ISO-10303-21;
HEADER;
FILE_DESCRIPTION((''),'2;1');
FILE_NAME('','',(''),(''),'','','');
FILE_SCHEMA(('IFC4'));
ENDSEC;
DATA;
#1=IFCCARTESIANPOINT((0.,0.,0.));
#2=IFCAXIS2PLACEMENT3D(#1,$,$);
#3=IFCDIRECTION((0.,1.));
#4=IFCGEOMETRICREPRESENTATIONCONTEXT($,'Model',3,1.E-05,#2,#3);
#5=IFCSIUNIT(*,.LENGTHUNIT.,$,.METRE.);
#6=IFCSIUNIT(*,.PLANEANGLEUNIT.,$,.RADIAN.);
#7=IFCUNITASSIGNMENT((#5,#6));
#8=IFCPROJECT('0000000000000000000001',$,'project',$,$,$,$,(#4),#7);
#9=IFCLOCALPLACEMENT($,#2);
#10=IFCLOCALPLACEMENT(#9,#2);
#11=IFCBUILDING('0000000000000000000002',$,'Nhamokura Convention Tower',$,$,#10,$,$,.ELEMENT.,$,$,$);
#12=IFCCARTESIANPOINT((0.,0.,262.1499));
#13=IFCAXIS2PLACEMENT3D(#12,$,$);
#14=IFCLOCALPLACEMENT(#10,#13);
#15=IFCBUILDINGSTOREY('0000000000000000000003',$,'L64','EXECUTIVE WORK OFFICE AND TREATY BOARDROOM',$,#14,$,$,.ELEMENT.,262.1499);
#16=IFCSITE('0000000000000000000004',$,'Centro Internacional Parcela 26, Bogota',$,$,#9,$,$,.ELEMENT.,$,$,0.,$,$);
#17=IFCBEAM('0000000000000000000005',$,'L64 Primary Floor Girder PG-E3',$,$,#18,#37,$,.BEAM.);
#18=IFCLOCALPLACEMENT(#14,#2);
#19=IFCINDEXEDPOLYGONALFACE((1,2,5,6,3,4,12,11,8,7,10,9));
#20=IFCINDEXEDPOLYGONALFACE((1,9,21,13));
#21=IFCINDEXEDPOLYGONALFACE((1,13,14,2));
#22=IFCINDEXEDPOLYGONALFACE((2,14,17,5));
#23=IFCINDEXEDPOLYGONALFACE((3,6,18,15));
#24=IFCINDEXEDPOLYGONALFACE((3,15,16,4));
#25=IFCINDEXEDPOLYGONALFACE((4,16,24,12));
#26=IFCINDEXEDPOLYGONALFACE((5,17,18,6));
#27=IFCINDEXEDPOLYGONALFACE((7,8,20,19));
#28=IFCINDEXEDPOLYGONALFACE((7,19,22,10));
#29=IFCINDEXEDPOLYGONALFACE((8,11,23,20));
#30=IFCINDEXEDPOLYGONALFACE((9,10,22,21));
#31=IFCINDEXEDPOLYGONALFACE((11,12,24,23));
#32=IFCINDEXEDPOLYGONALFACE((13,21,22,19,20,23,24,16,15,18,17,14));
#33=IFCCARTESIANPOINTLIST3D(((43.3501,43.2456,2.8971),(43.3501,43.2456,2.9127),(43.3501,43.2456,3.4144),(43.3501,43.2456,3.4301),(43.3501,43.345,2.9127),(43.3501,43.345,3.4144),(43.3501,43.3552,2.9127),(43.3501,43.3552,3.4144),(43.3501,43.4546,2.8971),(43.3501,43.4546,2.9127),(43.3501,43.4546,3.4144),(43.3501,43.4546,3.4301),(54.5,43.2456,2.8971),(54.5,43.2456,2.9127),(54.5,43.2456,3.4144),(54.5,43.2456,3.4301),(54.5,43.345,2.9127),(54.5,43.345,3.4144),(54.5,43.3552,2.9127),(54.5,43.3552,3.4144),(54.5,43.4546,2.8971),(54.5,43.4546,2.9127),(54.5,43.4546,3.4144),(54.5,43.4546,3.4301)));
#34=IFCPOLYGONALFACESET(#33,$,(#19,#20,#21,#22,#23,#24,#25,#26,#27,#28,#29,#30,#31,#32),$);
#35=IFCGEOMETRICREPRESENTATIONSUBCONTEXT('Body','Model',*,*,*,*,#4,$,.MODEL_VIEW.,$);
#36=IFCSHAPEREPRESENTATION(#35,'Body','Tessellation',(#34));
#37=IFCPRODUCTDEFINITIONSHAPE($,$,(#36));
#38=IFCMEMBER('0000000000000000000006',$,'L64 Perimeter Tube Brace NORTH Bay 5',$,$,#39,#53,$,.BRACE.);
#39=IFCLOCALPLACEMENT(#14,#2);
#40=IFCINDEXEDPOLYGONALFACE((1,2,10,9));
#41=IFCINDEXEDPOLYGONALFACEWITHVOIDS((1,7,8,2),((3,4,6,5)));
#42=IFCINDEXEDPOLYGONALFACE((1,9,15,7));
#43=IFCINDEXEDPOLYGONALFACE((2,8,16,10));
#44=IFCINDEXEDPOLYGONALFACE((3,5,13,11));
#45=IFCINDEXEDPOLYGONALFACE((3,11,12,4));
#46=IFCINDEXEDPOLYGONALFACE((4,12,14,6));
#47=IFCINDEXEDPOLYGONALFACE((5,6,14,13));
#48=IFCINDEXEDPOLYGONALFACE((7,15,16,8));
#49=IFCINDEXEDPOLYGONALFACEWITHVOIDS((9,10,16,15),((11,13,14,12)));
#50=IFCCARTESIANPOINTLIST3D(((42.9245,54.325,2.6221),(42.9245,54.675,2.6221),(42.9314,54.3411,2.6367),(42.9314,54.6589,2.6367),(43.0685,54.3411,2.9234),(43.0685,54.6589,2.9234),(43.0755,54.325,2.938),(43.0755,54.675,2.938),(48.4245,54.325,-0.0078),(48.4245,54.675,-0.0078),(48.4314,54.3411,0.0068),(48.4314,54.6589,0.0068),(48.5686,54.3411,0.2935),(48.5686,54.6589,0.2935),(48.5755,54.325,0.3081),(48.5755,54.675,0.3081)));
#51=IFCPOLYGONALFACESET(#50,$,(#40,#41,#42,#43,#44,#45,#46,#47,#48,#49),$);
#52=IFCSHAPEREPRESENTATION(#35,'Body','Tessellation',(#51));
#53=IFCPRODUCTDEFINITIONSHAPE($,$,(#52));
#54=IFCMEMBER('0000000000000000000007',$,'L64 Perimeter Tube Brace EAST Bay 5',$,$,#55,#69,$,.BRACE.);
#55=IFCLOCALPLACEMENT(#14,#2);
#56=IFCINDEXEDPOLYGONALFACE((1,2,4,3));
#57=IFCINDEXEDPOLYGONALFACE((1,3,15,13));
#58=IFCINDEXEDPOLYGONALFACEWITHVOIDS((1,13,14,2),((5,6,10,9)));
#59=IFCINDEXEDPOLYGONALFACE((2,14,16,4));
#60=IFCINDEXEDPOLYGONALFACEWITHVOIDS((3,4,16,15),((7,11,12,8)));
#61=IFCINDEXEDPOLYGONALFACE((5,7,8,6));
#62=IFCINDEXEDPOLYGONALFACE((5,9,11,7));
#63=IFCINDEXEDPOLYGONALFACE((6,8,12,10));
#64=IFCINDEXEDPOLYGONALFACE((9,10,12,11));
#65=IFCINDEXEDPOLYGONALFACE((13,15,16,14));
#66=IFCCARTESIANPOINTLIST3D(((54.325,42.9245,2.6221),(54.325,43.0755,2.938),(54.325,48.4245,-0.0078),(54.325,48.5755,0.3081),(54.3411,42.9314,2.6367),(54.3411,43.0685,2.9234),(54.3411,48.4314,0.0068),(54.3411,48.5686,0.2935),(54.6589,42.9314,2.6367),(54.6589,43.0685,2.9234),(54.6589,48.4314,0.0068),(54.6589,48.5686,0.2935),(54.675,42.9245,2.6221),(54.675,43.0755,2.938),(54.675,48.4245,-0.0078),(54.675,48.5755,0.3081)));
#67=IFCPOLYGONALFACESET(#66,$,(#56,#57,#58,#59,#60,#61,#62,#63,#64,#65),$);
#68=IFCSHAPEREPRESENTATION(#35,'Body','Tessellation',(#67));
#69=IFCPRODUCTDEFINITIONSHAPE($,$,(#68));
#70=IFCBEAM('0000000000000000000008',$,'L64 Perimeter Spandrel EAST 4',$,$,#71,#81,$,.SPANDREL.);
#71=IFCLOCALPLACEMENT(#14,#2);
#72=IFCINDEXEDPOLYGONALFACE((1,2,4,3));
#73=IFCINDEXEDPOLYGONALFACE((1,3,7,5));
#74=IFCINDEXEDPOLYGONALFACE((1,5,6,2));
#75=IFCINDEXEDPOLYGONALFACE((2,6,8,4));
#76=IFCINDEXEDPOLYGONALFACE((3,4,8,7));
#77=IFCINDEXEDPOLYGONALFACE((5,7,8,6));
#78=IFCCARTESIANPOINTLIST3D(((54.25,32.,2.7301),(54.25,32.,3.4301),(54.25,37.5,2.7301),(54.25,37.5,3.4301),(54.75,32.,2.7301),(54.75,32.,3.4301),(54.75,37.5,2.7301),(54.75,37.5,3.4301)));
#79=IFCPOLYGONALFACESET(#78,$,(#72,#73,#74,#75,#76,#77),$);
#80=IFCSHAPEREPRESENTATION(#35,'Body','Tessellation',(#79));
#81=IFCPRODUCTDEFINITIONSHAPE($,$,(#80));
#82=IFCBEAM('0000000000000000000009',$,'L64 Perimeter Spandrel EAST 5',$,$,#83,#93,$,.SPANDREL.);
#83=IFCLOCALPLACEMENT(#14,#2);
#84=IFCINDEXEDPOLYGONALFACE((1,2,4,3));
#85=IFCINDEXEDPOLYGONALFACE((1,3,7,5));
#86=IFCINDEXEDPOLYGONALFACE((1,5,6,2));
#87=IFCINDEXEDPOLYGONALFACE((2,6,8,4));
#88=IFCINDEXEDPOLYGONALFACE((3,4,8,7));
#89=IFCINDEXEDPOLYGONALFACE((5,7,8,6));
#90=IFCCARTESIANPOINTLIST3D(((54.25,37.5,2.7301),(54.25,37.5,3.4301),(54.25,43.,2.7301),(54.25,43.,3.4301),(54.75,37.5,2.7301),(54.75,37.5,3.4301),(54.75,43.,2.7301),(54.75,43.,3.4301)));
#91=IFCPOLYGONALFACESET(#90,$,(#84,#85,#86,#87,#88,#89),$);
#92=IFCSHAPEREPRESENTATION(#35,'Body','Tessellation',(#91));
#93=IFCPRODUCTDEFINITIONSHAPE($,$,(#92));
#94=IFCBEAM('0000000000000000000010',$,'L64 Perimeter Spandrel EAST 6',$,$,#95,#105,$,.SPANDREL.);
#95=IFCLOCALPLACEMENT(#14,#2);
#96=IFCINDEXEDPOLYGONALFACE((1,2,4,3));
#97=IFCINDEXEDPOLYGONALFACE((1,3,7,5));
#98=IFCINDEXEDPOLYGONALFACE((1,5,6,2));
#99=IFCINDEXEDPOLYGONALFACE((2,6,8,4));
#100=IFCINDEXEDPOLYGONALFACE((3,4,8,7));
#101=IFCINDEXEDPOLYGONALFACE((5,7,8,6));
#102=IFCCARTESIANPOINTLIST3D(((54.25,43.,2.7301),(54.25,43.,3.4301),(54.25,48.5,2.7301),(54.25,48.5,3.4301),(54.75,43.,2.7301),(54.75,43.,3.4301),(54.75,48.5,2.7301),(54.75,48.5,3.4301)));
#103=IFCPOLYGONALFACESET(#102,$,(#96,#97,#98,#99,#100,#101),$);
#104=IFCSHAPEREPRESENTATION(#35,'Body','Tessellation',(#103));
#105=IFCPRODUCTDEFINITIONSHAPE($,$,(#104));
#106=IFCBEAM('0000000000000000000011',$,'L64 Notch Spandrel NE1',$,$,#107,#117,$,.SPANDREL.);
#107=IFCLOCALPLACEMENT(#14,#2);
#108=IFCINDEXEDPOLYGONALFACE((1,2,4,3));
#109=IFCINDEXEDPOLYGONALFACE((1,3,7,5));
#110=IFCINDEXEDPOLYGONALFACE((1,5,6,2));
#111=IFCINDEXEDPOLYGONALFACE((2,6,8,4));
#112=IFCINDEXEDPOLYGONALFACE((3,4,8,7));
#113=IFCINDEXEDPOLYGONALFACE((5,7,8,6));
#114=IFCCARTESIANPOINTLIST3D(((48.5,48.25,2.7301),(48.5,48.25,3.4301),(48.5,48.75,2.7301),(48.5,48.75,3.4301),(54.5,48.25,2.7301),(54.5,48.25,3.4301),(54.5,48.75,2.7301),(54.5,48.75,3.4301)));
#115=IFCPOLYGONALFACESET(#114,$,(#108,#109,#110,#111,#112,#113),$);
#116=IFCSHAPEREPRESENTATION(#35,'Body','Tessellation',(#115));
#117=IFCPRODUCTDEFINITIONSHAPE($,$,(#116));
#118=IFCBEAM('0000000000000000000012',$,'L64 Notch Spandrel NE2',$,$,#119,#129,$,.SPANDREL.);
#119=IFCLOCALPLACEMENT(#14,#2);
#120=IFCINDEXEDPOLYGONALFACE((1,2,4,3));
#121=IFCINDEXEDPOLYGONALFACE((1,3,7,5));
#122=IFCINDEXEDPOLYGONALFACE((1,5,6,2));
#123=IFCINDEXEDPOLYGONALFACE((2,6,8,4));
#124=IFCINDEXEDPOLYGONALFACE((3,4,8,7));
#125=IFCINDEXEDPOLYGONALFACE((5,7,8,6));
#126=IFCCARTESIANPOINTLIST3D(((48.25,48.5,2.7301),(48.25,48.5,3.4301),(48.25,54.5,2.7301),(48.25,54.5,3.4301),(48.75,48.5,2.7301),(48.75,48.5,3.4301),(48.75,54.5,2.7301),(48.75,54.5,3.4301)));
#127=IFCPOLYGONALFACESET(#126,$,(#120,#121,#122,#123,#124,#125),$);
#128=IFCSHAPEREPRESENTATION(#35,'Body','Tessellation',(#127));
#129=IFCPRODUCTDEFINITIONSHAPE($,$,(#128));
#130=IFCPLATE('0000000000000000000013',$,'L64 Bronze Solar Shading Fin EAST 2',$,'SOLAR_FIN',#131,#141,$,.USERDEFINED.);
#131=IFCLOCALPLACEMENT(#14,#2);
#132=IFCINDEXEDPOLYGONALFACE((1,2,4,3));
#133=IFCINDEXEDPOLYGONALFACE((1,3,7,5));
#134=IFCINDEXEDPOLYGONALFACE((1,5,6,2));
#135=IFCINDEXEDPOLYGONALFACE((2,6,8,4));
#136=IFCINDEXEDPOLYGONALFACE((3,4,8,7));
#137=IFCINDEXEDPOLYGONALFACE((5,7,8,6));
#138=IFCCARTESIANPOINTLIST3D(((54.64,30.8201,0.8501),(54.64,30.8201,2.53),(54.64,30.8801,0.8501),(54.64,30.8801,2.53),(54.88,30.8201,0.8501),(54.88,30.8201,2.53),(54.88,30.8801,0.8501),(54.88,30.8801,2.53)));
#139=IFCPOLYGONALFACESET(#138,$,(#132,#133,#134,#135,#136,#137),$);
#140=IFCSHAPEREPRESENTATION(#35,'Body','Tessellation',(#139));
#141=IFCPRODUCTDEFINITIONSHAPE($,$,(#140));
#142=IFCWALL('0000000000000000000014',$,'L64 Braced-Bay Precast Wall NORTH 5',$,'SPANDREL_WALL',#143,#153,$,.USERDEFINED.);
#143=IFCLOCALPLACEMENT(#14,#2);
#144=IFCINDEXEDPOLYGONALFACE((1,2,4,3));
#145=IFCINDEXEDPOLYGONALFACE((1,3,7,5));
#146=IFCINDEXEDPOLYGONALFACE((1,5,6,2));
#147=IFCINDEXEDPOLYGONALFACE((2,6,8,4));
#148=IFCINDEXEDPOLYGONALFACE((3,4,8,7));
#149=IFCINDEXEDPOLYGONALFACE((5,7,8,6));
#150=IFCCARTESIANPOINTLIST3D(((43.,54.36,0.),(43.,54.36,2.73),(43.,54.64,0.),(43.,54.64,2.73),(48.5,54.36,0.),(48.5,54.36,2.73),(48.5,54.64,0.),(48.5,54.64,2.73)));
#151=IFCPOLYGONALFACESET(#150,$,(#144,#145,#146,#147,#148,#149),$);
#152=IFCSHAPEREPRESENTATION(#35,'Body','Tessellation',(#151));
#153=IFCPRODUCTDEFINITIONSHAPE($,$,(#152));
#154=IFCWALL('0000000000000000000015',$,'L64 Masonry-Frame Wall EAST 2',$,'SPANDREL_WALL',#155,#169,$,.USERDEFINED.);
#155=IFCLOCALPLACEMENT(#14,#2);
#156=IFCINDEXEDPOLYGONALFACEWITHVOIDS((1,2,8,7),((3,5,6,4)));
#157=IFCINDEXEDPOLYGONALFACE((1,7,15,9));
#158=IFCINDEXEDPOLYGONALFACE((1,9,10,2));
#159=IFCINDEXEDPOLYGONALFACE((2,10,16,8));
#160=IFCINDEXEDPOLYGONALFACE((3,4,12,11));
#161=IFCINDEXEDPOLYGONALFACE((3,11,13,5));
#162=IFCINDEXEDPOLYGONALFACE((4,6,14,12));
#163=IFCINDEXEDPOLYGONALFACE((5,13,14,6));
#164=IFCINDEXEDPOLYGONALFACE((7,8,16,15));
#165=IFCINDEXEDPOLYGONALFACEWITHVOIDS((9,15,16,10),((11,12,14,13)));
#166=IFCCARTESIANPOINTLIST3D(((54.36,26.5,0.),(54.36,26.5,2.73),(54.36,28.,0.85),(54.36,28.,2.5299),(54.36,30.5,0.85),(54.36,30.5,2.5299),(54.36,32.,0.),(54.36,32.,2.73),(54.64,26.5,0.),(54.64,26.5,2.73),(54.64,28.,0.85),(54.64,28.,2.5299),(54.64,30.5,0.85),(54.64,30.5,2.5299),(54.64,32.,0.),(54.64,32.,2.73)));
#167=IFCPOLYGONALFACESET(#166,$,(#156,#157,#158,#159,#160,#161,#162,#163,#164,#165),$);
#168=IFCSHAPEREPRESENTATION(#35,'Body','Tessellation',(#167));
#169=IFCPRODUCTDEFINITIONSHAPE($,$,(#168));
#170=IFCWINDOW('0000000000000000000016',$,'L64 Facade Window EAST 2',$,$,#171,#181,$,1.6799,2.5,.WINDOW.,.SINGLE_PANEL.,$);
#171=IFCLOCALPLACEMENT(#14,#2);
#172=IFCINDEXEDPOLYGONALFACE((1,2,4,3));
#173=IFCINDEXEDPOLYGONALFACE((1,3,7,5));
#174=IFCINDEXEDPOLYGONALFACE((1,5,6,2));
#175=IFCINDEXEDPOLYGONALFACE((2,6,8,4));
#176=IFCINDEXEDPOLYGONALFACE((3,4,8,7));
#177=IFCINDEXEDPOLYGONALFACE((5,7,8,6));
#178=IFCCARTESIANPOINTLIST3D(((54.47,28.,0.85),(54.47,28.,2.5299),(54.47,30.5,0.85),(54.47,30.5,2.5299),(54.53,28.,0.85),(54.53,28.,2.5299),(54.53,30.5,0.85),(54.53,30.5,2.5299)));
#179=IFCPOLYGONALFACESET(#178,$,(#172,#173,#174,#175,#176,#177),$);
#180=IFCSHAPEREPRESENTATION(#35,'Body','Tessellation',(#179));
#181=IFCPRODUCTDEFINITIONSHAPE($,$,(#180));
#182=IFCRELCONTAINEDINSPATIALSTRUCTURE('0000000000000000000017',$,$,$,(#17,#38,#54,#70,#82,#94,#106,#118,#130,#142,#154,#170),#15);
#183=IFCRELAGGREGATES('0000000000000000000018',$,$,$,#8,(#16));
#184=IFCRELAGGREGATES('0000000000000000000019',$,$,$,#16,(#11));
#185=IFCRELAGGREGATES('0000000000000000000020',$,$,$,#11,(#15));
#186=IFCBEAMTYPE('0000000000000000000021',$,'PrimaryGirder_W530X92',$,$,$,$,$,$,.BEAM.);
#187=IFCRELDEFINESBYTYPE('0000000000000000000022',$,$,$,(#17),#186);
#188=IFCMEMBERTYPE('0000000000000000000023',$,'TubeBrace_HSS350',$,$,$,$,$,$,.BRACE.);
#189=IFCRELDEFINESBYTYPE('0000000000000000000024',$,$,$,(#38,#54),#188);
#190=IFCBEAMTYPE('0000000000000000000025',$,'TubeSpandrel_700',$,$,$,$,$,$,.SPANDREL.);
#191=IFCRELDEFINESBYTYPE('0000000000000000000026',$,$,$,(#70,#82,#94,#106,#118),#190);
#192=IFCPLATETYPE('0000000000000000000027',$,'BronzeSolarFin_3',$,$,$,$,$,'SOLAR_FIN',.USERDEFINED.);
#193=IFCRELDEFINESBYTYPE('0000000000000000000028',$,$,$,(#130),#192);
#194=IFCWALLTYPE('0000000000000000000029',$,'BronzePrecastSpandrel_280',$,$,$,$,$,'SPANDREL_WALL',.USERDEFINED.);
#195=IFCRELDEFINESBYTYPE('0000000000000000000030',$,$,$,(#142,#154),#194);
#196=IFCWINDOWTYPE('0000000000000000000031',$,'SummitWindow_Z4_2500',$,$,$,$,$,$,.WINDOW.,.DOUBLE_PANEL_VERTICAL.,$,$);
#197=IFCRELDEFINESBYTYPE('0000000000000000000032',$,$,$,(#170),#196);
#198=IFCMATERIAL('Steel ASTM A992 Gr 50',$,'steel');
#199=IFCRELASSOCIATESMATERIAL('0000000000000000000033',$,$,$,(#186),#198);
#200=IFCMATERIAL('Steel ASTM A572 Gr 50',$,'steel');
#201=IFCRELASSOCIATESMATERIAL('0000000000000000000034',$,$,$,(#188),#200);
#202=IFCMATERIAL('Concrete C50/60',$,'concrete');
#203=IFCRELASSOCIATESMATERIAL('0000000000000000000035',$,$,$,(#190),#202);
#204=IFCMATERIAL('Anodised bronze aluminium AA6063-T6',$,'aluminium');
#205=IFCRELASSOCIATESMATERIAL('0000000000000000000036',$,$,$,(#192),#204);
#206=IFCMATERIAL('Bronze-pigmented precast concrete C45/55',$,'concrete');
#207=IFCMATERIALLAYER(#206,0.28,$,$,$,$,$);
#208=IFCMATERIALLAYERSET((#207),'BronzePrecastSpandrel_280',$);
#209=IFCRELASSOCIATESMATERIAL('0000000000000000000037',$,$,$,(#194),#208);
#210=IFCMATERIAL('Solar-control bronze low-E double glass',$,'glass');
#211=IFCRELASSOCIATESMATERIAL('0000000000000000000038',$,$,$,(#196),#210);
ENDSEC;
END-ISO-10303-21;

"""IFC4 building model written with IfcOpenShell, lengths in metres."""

from ifc_helpers import new_model, si_unit, direction, frame, frame_2d, origin, origin_2d, place, context, subcontext, project, spatial, rectangle, hollow_rectangle, i_section, extrude, material, layer, layer_set, material_profile, profile_set, type_object, element, fill, save


model = new_model("IFC4")

# Units and contexts
model_context = context("Model", 3, precision=1e-05, world=origin(), true_north=direction((0.0, 1.0)))
body_context = subcontext(model_context, "Body", "Model", "MODEL_VIEW")
ifc_project = project(units=[si_unit("LENGTHUNIT", "METRE"), si_unit("PLANEANGLEUNIT", "RADIAN")], contexts=[model_context])

# Site, building, storey
site_placement = place(None, origin())
site = spatial("IfcSite", under=ifc_project, at=site_placement, Name="Centro Internacional Parcela 26, Bogota", CompositionType="ELEMENT", RefElevation=0.0)
building_placement = place(site_placement, origin())
building = spatial("IfcBuilding", under=site, at=building_placement, Name="Nhamokura Convention Tower", CompositionType="ELEMENT")
storey_placement = place(building_placement, frame((0.0, 0.0, 262.1499)))
storey = spatial("IfcBuildingStorey", under=building, at=storey_placement, Name="L64", Description="EXECUTIVE WORK OFFICE AND TREATY BOARDROOM", CompositionType="ELEMENT", Elevation=262.1499)

# Beam
ifc_material_1 = material(Name="Steel ASTM A992 Gr 50", Category="steel")
ifc_material_profile_1 = material_profile(ifc_material_1, i_section(OverallWidth=0.209, OverallDepth=0.533, WebThickness=0.0103, FlangeThickness=0.0156, at=origin_2d()))
ifc_profile_set_1 = profile_set([ifc_material_profile_1], Name="Steel ASTM A992 Gr 50")
beam_type_1 = type_object("IfcBeamType", Name="PrimaryGirder_W530X92", PredefinedType="BEAM", material=ifc_profile_set_1)
for number, where, z_axis, x_axis, name in (
    (1, (43.3501, 43.3501, 3.1636), (1.0, 0.0, 0.0), (0.0, 1.0, 0.0), "L64 Primary Floor Girder PG-E3"),
):
    element("IfcBeam", number, at=place(storey_placement, frame(where, z_axis=z_axis, x_axis=x_axis)), inside=storey, type_object=beam_type_1, Name=name, PredefinedType="BEAM", context=body_context, shape_type="SweptSolid", body=[
        extrude(i_section(OverallWidth=0.209, OverallDepth=0.533, WebThickness=0.0103, FlangeThickness=0.0156, at=origin_2d()), origin(), (0.0, 0.0, 1.0), 11.1499),
    ])

# Members
ifc_material_2 = material(Name="Steel ASTM A572 Gr 50", Category="steel")
ifc_material_profile_2 = material_profile(ifc_material_2, hollow_rectangle(XDim=0.3501, YDim=0.3501, WallThickness=0.0161, at=origin_2d()))
ifc_profile_set_2 = profile_set([ifc_material_profile_2], Name="Steel ASTM A572 Gr 50")
member_type_1 = type_object("IfcMemberType", Name="TubeBrace_HSS350", PredefinedType="BRACE", material=ifc_profile_set_2)
for number, where, z_axis, x_axis, name in (
    (2, (48.5, 54.5, 0.1501), (-0.902169, 0.0, 0.431382), (0.0, -1.0, 0.0), "L64 Perimeter Tube Brace NORTH Bay 5"),
    (3, (54.5, 48.5, 0.1501), (0.0, -0.902169, 0.431382), (1.0, 0.0, 0.0), "L64 Perimeter Tube Brace EAST Bay 5"),
):
    element("IfcMember", number, at=place(storey_placement, frame(where, z_axis=z_axis, x_axis=x_axis)), inside=storey, type_object=member_type_1, Name=name, PredefinedType="BRACE", context=body_context, shape_type="SweptSolid", body=[
        extrude(hollow_rectangle(XDim=0.3501, YDim=0.3501, WallThickness=0.0161, at=origin_2d()), origin(), (0.0, 0.0, 1.0), 6.0964),
    ])

# Beams
ifc_material_3 = material(Name="Concrete C50/60", Category="concrete")
ifc_material_profile_3 = material_profile(ifc_material_3, rectangle(XDim=0.5, YDim=0.7, at=origin_2d()))
ifc_profile_set_3 = profile_set([ifc_material_profile_3], Name="Concrete C50/60")
beam_type_2 = type_object("IfcBeamType", Name="TubeSpandrel_700", PredefinedType="SPANDREL", material=ifc_profile_set_3)
for number, where, z_axis, x_axis, name in (
    (4, (54.5, 32.0, 3.0801), (0.0, 1.0, 0.0), (-1.0, 0.0, 0.0), "L64 Perimeter Spandrel EAST 4"),
    (5, (54.5, 37.5, 3.0801), (0.0, 1.0, 0.0), (-1.0, 0.0, 0.0), "L64 Perimeter Spandrel EAST 5"),
    (6, (54.5, 43.0, 3.0801), (0.0, 1.0, 0.0), (-1.0, 0.0, 0.0), "L64 Perimeter Spandrel EAST 6"),
):
    element("IfcBeam", number, at=place(storey_placement, frame(where, z_axis=z_axis, x_axis=x_axis)), inside=storey, type_object=beam_type_2, Name=name, PredefinedType="SPANDREL", context=body_context, shape_type="SweptSolid", body=[
        extrude(rectangle(XDim=0.5, YDim=0.7, at=origin_2d()), origin(), (0.0, 0.0, 1.0), 5.5),
    ])
for number, where, z_axis, x_axis, name in (
    (7, (54.5, 48.5, 3.0801), (-1.0, 0.0, 0.0), (0.0, -1.0, 0.0), "L64 Notch Spandrel NE1"),
    (8, (48.5, 48.5, 3.0801), (0.0, 1.0, 0.0), (-1.0, 0.0, 0.0), "L64 Notch Spandrel NE2"),
):
    element("IfcBeam", number, at=place(storey_placement, frame(where, z_axis=z_axis, x_axis=x_axis)), inside=storey, type_object=beam_type_2, Name=name, PredefinedType="SPANDREL", context=body_context, shape_type="SweptSolid", body=[
        extrude(rectangle(XDim=0.5, YDim=0.7, at=origin_2d()), origin(), (0.0, 0.0, 1.0), 6.0),
    ])

# Plate
ifc_material_4 = material(Name="Anodised bronze aluminium AA6063-T6", Category="aluminium")
plate_type = type_object("IfcPlateType", Name="BronzeSolarFin_3", ElementType="SOLAR_FIN", PredefinedType="USERDEFINED", material=ifc_material_4)
plate_placement = place(storey_placement, frame((54.76, 30.8501, 0.8501), z_axis=(0.0, 0.0, 1.0), x_axis=(1.0, 0.0, 0.0)))
element("IfcPlate", 9, at=plate_placement, inside=storey, type_object=plate_type, Name="L64 Bronze Solar Shading Fin EAST 2", ObjectType="SOLAR_FIN", PredefinedType="USERDEFINED", context=body_context, shape_type="SweptSolid", body=[
    extrude(rectangle(XDim=0.24, YDim=0.0601, at=origin_2d()), origin(), (0.0, 0.0, 1.0), 1.6799),
])

# Wall
ifc_material_5 = material(Name="Bronze-pigmented precast concrete C45/55", Category="concrete")
ifc_layer_1 = layer(ifc_material_5, 0.28)
ifc_layer_set_1 = layer_set([ifc_layer_1], Name="BronzePrecastSpandrel_280")
wall_type_1 = type_object("IfcWallType", Name="BronzePrecastSpandrel_280", ElementType="SPANDREL_WALL", PredefinedType="USERDEFINED", material=ifc_layer_set_1)
wall_1_placement = place(storey_placement, frame((43.0, 54.5, 0.0), z_axis=(0.0, 0.0, 1.0), x_axis=(1.0, 0.0, 0.0)))
element("IfcWall", 10, at=wall_1_placement, inside=storey, type_object=wall_type_1, Name="L64 Braced-Bay Precast Wall NORTH 5", ObjectType="SPANDREL_WALL", PredefinedType="USERDEFINED", context=body_context, shape_type="SweptSolid", body=[
    extrude(rectangle(XDim=5.5, YDim=0.28, at=frame_2d((2.75, 0.0))), origin(), (0.0, 0.0, 1.0), 2.73),
])

# Wall, opening, window
wall_2_placement = place(storey_placement, frame((54.5, 32.0, 0.0), z_axis=(0.0, 0.0, 1.0), x_axis=(0.0, -1.0, 0.0)))
wall_2 = element("IfcWall", 11, at=wall_2_placement, inside=storey, type_object=wall_type_1, Name="L64 Masonry-Frame Wall EAST 2", ObjectType="SPANDREL_WALL", PredefinedType="USERDEFINED", context=body_context, shape_type="SweptSolid", body=[
    extrude(rectangle(XDim=5.5, YDim=0.28, at=frame_2d((2.75, 0.0))), origin(), (0.0, 0.0, 1.0), 2.73),
])
opening_1_placement = place(wall_2_placement, frame((1.5, 0.0, 0.8501)))
opening_1 = element("IfcOpeningElement", 12, at=opening_1_placement, cuts=wall_2, PredefinedType="OPENING", context=body_context, shape_type="SweptSolid", body=[
    extrude(rectangle(XDim=2.5, YDim=1.6799, at=frame_2d((1.25, 0.8398))), frame((0.0, 0.1499, 0.0), z_axis=(0.0, -1.0, 0.0), x_axis=(1.0, 0.0, 0.0)), (0.0, 0.0, 1.0), 0.3),
])
ifc_material_6 = material(Name="Solar-control bronze low-E double glass", Category="glass")
window_type_1 = type_object("IfcWindowType", Name="SummitWindow_Z4_2500", PartitioningType="DOUBLE_PANEL_VERTICAL", PredefinedType="WINDOW", material=ifc_material_6)
window_1_placement = place(opening_1_placement, origin())
window_1 = element("IfcWindow", 13, at=window_1_placement, inside=storey, type_object=window_type_1, Name="L64 Facade Window EAST 2", OverallHeight=1.6799, OverallWidth=2.5, PartitioningType="SINGLE_PANEL", PredefinedType="WINDOW", context=body_context, shape_type="SweptSolid", body=[
    extrude(rectangle(XDim=2.5, YDim=1.6799, at=frame_2d((1.25, 0.8398))), frame((0.0, 0.03, 0.0), z_axis=(0.0, -1.0, 0.0), x_axis=(1.0, 0.0, 0.0)), (0.0, 0.0, 1.0), 0.0601),
])
fill(opening_1, window_1)

save(model, "model.ifc")
